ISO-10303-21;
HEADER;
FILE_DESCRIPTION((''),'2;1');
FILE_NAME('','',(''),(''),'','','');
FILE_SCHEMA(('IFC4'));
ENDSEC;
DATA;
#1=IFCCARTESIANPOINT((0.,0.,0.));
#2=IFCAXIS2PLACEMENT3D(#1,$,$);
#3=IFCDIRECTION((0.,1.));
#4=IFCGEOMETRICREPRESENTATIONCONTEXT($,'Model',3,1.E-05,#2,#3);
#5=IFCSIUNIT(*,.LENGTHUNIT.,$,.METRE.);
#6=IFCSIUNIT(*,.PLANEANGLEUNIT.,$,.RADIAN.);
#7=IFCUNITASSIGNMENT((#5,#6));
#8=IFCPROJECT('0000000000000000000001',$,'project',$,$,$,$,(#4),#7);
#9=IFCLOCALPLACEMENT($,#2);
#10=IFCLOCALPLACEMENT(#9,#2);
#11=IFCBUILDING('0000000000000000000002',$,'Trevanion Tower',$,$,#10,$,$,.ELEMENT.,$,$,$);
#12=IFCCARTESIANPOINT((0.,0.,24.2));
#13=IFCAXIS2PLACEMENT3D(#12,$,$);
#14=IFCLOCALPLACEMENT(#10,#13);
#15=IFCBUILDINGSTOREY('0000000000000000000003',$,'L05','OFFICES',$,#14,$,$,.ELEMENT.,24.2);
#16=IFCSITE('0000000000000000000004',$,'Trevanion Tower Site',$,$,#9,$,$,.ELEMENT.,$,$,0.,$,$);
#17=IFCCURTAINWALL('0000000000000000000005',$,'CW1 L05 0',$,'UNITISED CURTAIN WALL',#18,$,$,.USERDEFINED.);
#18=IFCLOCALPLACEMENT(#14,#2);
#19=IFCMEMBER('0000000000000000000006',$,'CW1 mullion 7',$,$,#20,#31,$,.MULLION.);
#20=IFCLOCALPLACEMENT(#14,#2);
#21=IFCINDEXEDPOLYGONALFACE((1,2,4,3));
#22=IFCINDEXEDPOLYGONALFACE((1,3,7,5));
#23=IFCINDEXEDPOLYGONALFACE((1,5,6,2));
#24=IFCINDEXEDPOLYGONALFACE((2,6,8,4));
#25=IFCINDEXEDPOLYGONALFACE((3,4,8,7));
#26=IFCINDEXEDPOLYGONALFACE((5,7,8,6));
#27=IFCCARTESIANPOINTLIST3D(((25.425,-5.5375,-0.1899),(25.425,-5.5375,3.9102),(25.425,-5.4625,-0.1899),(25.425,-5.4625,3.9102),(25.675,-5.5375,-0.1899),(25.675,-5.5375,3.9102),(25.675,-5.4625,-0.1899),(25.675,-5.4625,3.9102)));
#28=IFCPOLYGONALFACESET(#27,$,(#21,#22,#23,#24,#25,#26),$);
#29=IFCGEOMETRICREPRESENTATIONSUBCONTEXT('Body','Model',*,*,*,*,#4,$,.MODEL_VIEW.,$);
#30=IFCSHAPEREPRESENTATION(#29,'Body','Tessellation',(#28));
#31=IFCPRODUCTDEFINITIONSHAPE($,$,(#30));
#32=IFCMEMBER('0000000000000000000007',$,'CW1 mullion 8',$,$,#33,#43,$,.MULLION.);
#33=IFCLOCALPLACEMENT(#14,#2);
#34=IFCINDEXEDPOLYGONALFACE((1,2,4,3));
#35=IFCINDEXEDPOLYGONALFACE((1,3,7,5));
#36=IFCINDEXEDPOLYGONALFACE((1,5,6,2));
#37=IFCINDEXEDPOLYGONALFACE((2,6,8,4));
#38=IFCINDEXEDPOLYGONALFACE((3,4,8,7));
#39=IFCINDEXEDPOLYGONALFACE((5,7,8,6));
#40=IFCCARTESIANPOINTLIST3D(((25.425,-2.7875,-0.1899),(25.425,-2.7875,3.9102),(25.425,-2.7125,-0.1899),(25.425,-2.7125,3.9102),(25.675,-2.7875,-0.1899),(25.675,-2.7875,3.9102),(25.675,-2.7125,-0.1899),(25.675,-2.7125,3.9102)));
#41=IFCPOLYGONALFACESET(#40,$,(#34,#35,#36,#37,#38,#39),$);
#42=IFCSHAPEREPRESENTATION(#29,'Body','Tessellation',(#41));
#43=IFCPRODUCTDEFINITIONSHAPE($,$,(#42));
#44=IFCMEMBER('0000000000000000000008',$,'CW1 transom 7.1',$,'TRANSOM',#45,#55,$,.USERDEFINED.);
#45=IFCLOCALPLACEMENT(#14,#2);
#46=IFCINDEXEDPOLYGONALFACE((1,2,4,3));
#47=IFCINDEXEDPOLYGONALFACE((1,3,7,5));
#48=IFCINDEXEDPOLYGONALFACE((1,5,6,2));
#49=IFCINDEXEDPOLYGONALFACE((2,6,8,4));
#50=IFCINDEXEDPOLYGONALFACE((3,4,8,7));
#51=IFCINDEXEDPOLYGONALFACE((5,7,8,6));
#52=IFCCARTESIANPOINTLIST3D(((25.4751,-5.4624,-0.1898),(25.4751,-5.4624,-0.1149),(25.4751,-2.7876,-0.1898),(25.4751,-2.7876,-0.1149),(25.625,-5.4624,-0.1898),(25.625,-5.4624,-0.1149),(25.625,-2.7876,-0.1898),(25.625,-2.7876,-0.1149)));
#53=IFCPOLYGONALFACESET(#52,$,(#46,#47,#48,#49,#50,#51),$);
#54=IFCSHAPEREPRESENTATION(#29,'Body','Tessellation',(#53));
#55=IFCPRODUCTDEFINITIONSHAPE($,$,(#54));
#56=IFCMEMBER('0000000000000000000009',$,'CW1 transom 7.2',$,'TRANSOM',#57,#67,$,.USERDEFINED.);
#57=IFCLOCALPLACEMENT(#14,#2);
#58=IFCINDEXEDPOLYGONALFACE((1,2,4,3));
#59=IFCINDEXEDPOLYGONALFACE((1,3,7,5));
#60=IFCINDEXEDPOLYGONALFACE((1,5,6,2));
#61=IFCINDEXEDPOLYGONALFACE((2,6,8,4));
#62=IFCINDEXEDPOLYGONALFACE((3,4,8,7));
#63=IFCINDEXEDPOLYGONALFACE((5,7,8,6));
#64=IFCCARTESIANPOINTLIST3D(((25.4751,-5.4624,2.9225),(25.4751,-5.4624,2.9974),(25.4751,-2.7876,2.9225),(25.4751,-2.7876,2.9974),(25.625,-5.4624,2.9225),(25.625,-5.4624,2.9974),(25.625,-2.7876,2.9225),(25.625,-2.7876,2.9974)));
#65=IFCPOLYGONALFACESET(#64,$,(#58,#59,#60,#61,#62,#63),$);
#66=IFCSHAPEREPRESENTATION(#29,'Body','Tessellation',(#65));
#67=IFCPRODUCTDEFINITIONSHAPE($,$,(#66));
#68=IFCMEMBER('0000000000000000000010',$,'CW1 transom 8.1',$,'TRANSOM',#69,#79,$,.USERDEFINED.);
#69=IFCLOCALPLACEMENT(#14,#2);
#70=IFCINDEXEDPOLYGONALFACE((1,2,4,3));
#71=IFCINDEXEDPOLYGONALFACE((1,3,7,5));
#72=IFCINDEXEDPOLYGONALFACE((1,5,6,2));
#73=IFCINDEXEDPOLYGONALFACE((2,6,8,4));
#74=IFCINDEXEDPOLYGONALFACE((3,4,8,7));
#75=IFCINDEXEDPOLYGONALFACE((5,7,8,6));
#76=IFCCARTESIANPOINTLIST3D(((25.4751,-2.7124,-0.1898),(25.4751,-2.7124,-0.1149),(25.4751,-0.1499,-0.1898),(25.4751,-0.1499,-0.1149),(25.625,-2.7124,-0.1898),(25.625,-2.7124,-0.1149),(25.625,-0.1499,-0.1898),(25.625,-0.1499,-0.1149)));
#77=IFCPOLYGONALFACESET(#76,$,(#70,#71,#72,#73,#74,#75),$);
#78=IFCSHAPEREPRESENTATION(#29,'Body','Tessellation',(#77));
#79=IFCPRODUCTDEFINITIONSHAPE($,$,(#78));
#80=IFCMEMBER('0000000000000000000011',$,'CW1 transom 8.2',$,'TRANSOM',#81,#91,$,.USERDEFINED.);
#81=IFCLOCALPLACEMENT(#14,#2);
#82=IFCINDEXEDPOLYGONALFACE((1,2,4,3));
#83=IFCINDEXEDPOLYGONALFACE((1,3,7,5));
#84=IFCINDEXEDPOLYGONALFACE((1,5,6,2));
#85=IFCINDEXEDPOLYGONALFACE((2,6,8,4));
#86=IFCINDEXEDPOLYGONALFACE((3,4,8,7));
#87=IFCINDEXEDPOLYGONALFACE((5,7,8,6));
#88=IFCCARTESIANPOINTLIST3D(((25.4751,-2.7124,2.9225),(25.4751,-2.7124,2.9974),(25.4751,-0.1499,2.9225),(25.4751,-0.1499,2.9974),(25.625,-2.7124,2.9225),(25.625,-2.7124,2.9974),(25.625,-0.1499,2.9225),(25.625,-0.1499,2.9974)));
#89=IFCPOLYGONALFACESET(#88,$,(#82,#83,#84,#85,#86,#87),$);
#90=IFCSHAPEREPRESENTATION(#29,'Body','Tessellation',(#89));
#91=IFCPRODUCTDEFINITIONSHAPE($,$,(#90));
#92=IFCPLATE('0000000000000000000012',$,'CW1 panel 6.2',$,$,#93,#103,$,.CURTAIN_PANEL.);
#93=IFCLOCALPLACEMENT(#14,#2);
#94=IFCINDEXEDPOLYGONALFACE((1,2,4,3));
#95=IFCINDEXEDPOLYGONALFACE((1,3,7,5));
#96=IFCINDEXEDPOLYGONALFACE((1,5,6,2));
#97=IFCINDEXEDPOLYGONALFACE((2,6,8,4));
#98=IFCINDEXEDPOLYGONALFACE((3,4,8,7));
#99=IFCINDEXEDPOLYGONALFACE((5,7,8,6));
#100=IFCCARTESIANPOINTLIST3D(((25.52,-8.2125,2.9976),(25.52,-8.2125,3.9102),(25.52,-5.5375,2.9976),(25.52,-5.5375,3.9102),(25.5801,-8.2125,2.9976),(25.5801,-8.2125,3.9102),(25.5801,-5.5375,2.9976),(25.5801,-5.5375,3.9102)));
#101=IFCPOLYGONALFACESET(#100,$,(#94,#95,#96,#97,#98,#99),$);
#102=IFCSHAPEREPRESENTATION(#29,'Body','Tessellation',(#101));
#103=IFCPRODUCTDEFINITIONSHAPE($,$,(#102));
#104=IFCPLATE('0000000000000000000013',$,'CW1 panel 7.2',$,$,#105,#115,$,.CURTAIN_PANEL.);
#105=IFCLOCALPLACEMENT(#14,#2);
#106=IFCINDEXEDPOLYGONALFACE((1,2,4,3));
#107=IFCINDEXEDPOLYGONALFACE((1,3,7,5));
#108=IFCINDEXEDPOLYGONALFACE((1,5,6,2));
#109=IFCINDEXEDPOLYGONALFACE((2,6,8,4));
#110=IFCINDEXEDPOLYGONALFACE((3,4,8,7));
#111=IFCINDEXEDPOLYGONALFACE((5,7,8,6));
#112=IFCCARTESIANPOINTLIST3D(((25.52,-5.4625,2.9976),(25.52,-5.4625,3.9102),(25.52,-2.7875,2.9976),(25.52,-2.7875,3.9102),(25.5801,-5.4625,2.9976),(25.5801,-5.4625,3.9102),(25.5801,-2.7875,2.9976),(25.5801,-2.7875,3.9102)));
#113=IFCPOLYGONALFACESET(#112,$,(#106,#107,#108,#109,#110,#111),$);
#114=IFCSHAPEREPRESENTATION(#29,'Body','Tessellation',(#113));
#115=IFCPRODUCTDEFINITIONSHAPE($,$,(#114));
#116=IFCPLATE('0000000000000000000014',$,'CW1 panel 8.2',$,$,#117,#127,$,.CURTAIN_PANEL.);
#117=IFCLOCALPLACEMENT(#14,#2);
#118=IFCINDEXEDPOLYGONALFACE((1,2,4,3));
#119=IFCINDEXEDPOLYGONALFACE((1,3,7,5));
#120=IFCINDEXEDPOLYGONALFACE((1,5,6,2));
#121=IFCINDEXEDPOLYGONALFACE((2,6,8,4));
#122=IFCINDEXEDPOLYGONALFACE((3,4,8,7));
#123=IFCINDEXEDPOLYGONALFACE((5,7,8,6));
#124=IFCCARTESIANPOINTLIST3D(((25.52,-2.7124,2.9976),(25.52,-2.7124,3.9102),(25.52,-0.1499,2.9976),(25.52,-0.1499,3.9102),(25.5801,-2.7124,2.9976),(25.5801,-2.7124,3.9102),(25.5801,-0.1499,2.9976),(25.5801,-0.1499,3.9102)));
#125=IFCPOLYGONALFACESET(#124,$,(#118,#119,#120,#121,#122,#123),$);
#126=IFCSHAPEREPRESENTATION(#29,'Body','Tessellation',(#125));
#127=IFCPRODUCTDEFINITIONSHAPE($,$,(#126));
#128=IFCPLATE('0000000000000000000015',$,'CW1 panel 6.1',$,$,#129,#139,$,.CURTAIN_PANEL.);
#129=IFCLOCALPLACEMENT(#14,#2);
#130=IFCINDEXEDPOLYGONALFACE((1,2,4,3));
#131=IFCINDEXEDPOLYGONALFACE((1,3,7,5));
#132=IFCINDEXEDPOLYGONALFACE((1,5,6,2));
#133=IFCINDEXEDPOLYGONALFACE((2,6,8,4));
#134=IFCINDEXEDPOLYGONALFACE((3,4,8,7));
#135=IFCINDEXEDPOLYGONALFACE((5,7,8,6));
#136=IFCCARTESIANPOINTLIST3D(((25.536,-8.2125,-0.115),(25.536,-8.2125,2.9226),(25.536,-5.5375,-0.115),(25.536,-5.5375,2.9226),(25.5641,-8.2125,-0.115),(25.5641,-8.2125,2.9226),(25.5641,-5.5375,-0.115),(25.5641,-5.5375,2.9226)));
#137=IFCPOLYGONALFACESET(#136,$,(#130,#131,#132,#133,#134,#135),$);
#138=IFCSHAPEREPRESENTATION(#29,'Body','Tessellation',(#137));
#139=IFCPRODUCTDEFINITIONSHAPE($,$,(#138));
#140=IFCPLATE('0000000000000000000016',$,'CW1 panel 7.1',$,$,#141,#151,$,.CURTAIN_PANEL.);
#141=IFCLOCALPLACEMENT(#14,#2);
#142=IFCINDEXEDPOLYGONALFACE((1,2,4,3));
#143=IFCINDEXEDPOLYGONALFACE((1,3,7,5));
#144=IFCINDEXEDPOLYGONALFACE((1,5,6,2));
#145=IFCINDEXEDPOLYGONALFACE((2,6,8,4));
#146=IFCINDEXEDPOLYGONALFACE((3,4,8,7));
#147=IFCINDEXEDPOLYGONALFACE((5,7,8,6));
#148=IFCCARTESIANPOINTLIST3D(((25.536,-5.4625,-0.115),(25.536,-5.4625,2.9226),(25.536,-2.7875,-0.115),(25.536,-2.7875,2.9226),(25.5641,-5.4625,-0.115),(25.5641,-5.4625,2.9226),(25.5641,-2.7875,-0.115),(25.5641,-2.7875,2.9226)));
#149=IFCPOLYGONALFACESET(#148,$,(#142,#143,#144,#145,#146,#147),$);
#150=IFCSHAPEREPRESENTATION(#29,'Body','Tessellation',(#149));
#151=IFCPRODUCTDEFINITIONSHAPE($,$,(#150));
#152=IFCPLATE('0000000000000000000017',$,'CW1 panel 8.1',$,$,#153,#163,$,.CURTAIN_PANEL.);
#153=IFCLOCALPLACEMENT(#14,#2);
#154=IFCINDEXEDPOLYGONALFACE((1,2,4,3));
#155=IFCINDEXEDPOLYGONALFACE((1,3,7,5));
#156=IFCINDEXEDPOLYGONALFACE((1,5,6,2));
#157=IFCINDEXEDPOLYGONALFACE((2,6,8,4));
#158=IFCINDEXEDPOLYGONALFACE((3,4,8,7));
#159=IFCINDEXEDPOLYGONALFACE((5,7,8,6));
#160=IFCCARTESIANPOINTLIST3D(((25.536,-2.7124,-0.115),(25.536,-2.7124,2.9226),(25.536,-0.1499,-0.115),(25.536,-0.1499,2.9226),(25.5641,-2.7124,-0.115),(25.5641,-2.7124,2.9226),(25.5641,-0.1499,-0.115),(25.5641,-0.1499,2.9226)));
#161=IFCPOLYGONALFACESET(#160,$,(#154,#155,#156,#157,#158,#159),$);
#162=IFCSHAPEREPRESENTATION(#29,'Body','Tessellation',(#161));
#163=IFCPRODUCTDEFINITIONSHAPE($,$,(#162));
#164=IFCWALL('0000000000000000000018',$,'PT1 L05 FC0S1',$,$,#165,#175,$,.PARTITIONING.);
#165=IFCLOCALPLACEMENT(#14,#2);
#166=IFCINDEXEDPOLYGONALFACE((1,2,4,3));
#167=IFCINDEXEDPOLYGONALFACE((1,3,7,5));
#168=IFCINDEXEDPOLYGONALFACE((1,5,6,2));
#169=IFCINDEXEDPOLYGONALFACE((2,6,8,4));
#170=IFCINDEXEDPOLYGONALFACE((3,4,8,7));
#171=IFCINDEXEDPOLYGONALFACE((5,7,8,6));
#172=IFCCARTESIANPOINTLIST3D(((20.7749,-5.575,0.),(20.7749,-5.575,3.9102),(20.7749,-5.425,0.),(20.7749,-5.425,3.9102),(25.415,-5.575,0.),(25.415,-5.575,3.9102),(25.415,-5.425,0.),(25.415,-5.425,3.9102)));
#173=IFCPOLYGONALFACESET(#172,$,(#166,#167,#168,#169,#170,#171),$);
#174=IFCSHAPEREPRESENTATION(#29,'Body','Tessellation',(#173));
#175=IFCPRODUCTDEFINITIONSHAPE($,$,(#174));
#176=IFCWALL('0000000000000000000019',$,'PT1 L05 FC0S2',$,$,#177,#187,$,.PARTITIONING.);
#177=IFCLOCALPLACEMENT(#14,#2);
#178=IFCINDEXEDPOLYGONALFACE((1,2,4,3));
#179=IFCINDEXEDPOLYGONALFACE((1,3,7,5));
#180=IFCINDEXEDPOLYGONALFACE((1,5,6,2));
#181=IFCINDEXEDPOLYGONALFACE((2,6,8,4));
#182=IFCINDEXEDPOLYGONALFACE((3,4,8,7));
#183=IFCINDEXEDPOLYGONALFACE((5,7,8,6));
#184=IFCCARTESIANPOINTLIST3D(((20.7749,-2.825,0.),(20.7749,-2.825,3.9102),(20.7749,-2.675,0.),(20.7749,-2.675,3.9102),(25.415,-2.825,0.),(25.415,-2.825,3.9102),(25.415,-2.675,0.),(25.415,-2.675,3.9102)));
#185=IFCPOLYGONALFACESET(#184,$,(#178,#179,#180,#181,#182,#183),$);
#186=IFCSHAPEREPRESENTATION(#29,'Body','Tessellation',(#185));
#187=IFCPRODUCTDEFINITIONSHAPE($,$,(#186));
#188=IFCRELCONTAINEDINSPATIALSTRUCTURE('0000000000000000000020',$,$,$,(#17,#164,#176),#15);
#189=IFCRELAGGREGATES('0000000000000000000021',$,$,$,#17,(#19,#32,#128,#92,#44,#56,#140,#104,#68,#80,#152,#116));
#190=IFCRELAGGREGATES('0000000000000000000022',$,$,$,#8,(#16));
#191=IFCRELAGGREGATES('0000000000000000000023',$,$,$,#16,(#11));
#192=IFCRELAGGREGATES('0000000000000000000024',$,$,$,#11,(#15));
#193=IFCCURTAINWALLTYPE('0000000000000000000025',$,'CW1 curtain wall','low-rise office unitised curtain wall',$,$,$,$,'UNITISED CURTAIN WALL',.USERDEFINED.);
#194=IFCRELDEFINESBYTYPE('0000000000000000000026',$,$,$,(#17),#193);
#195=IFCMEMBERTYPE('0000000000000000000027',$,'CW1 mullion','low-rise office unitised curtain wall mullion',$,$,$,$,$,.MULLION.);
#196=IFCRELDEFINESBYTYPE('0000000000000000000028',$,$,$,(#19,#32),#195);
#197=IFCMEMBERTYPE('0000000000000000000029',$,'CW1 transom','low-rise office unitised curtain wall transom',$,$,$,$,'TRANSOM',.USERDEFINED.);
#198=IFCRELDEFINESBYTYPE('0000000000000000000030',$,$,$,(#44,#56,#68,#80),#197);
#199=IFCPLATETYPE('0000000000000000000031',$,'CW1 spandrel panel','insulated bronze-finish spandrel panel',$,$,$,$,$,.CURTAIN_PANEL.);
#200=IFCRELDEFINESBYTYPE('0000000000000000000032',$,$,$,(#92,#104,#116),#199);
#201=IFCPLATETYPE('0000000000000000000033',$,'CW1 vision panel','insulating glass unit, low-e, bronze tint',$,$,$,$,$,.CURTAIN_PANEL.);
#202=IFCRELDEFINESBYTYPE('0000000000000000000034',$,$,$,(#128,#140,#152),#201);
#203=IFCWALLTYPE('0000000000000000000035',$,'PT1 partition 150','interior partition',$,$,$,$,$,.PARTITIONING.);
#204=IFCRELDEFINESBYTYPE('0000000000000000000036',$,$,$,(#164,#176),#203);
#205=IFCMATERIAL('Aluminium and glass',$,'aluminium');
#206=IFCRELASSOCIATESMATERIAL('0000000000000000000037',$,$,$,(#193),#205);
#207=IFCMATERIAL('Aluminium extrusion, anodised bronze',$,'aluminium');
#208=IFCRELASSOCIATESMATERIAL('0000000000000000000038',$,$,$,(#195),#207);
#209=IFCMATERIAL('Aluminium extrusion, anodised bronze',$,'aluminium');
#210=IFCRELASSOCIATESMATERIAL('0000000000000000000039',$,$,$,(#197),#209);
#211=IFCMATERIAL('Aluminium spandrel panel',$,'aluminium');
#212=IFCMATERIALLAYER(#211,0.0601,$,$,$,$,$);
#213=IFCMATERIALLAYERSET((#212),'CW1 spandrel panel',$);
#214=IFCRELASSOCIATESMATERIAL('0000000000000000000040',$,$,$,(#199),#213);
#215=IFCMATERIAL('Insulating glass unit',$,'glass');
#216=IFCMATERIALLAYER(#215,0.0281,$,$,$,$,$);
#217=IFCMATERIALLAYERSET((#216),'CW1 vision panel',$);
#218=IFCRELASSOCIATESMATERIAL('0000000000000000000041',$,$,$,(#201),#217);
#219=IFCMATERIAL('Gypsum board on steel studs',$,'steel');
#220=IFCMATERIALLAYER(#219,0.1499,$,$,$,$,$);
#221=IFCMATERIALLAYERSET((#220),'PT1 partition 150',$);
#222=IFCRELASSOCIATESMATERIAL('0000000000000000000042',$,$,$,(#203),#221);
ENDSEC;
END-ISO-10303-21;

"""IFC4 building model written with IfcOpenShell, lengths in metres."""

from ifc_helpers import new_model, si_unit, direction, frame, frame_2d, origin, origin_2d, place, context, subcontext, project, spatial, rectangle, extrude, material, layer, layer_set, material_profile, profile_set, type_object, element, aggregate, save


model = new_model("IFC4")

# Units and contexts
model_context = context("Model", 3, precision=1e-05, world=origin(), true_north=direction((0.0, 1.0)))
body_context = subcontext(model_context, "Body", "Model", "MODEL_VIEW")
ifc_project = project(units=[si_unit("LENGTHUNIT", "METRE"), si_unit("PLANEANGLEUNIT", "RADIAN")], contexts=[model_context])

# Site, building, storey
site_placement = place(None, origin())
site = spatial("IfcSite", under=ifc_project, at=site_placement, Name="Trevanion Tower Site", CompositionType="ELEMENT", RefElevation=0.0)
building_placement = place(site_placement, origin())
building = spatial("IfcBuilding", under=site, at=building_placement, Name="Trevanion Tower", CompositionType="ELEMENT")
storey_placement = place(building_placement, frame((0.0, 0.0, 24.2)))
storey = spatial("IfcBuildingStorey", under=building, at=storey_placement, Name="L05", Description="OFFICES", CompositionType="ELEMENT", Elevation=24.2)

# Curtain wall, members, plates
ifc_material_1 = material(Name="Aluminium and glass", Category="aluminium")
curtain_wall_type = type_object("IfcCurtainWallType", Name="CW1 curtain wall", Description="low-rise office unitised curtain wall", ElementType="UNITISED CURTAIN WALL", PredefinedType="USERDEFINED", material=ifc_material_1)
curtain_wall_placement = place(storey_placement, origin())
curtain_wall = element("IfcCurtainWall", 1, at=curtain_wall_placement, inside=storey, type_object=curtain_wall_type, Name="CW1 L05 0", ObjectType="UNITISED CURTAIN WALL", PredefinedType="USERDEFINED")
ifc_material_2 = material(Name="Aluminium extrusion, anodised bronze", Category="aluminium")
ifc_material_profile_1 = material_profile(ifc_material_2, rectangle(XDim=0.075, YDim=0.25, at=origin_2d()), Name="CW1 mullion")
ifc_profile_set_1 = profile_set([ifc_material_profile_1], Name="Aluminium extrusion, anodised bronze")
member_type_1 = type_object("IfcMemberType", Name="CW1 mullion", Description="low-rise office unitised curtain wall mullion", PredefinedType="MULLION", material=ifc_profile_set_1)
member_1_placement = place(storey_placement, frame((25.55, -5.5, -0.1899), z_axis=(0.0, 0.0, 1.0), x_axis=(0.0, 1.0, 0.0)))
member_1 = element("IfcMember", 2, at=member_1_placement, type_object=member_type_1, Name="CW1 mullion 7", PredefinedType="MULLION", context=body_context, shape_type="SweptSolid", body=[
    extrude(rectangle(XDim=0.075, YDim=0.25, at=origin_2d()), origin(), (0.0, 0.0, 1.0), 4.1001),
])
member_2_placement = place(storey_placement, frame((25.55, -2.75, -0.1899), z_axis=(0.0, 0.0, 1.0), x_axis=(0.0, 1.0, 0.0)))
member_2 = element("IfcMember", 3, at=member_2_placement, type_object=member_type_1, Name="CW1 mullion 8", PredefinedType="MULLION", context=body_context, shape_type="SweptSolid", body=[
    extrude(rectangle(XDim=0.075, YDim=0.25, at=origin_2d()), origin(), (0.0, 0.0, 1.0), 4.1001),
])
ifc_material_3 = material(Name="Aluminium extrusion, anodised bronze", Category="aluminium")
ifc_material_profile_2 = material_profile(ifc_material_3, rectangle(XDim=0.1499, YDim=0.075, at=origin_2d()), Name="CW1 transom")
ifc_profile_set_2 = profile_set([ifc_material_profile_2], Name="Aluminium extrusion, anodised bronze")
member_type_2 = type_object("IfcMemberType", Name="CW1 transom", Description="low-rise office unitised curtain wall transom", ElementType="TRANSOM", PredefinedType="USERDEFINED", material=ifc_profile_set_2)
member_3_placement = place(storey_placement, frame((25.55, -5.4624, -0.1523), z_axis=(0.0, 1.0, 0.0), x_axis=(-1.0, 0.0, 0.0)))
member_3 = element("IfcMember", 4, at=member_3_placement, type_object=member_type_2, Name="CW1 transom 7.1", ObjectType="TRANSOM", PredefinedType="USERDEFINED", context=body_context, shape_type="SweptSolid", body=[
    extrude(rectangle(XDim=0.1499, YDim=0.075, at=origin_2d()), origin(), (0.0, 0.0, 1.0), 2.6748),
])
member_4_placement = place(storey_placement, frame((25.55, -5.4624, 2.96), z_axis=(0.0, 1.0, 0.0), x_axis=(-1.0, 0.0, 0.0)))
member_4 = element("IfcMember", 5, at=member_4_placement, type_object=member_type_2, Name="CW1 transom 7.2", ObjectType="TRANSOM", PredefinedType="USERDEFINED", context=body_context, shape_type="SweptSolid", body=[
    extrude(rectangle(XDim=0.1499, YDim=0.075, at=origin_2d()), origin(), (0.0, 0.0, 1.0), 2.6748),
])
member_5_placement = place(storey_placement, frame((25.55, -2.7124, -0.1523), z_axis=(0.0, 1.0, 0.0), x_axis=(-1.0, 0.0, 0.0)))
member_5 = element("IfcMember", 6, at=member_5_placement, type_object=member_type_2, Name="CW1 transom 8.1", ObjectType="TRANSOM", PredefinedType="USERDEFINED", context=body_context, shape_type="SweptSolid", body=[
    extrude(rectangle(XDim=0.1499, YDim=0.075, at=origin_2d()), origin(), (0.0, 0.0, 1.0), 2.5625),
])
member_6_placement = place(storey_placement, frame((25.55, -2.7124, 2.96), z_axis=(0.0, 1.0, 0.0), x_axis=(-1.0, 0.0, 0.0)))
member_6 = element("IfcMember", 7, at=member_6_placement, type_object=member_type_2, Name="CW1 transom 8.2", ObjectType="TRANSOM", PredefinedType="USERDEFINED", context=body_context, shape_type="SweptSolid", body=[
    extrude(rectangle(XDim=0.1499, YDim=0.075, at=origin_2d()), origin(), (0.0, 0.0, 1.0), 2.5625),
])
ifc_material_4 = material(Name="Aluminium spandrel panel", Category="aluminium")
ifc_layer_1 = layer(ifc_material_4, 0.0601)
ifc_layer_set_1 = layer_set([ifc_layer_1], Name="CW1 spandrel panel")
plate_type_1 = type_object("IfcPlateType", Name="CW1 spandrel panel", Description="insulated bronze-finish spandrel panel", PredefinedType="CURTAIN_PANEL", material=ifc_layer_set_1)
plate_1_placement = place(storey_placement, frame((25.55, -6.875, 2.9976), z_axis=(0.0, 0.0, 1.0), x_axis=(0.0, 1.0, 0.0)))
plate_1 = element("IfcPlate", 8, at=plate_1_placement, type_object=plate_type_1, Name="CW1 panel 6.2", PredefinedType="CURTAIN_PANEL", context=body_context, shape_type="SweptSolid", body=[
    extrude(rectangle(XDim=2.675, YDim=0.0601, at=origin_2d()), origin(), (0.0, 0.0, 1.0), 0.9126),
])
plate_2_placement = place(storey_placement, frame((25.55, -4.125, 2.9976), z_axis=(0.0, 0.0, 1.0), x_axis=(0.0, 1.0, 0.0)))
plate_2 = element("IfcPlate", 9, at=plate_2_placement, type_object=plate_type_1, Name="CW1 panel 7.2", PredefinedType="CURTAIN_PANEL", context=body_context, shape_type="SweptSolid", body=[
    extrude(rectangle(XDim=2.675, YDim=0.0601, at=origin_2d()), origin(), (0.0, 0.0, 1.0), 0.9126),
])
plate_3_placement = place(storey_placement, frame((25.55, -1.4312, 2.9976), z_axis=(0.0, 0.0, 1.0), x_axis=(0.0, 1.0, 0.0)))
plate_3 = element("IfcPlate", 10, at=plate_3_placement, type_object=plate_type_1, Name="CW1 panel 8.2", PredefinedType="CURTAIN_PANEL", context=body_context, shape_type="SweptSolid", body=[
    extrude(rectangle(XDim=2.5625, YDim=0.0601, at=origin_2d()), origin(), (0.0, 0.0, 1.0), 0.9126),
])
ifc_material_5 = material(Name="Insulating glass unit", Category="glass")
ifc_layer_2 = layer(ifc_material_5, 0.0281)
ifc_layer_set_2 = layer_set([ifc_layer_2], Name="CW1 vision panel")
plate_type_2 = type_object("IfcPlateType", Name="CW1 vision panel", Description="insulating glass unit, low-e, bronze tint", PredefinedType="CURTAIN_PANEL", material=ifc_layer_set_2)
plate_4_placement = place(storey_placement, frame((25.55, -6.875, -0.115), z_axis=(0.0, 0.0, 1.0), x_axis=(0.0, 1.0, 0.0)))
plate_4 = element("IfcPlate", 11, at=plate_4_placement, type_object=plate_type_2, Name="CW1 panel 6.1", PredefinedType="CURTAIN_PANEL", context=body_context, shape_type="SweptSolid", body=[
    extrude(rectangle(XDim=2.675, YDim=0.0281, at=origin_2d()), origin(), (0.0, 0.0, 1.0), 3.0376),
])
plate_5_placement = place(storey_placement, frame((25.55, -4.125, -0.115), z_axis=(0.0, 0.0, 1.0), x_axis=(0.0, 1.0, 0.0)))
plate_5 = element("IfcPlate", 12, at=plate_5_placement, type_object=plate_type_2, Name="CW1 panel 7.1", PredefinedType="CURTAIN_PANEL", context=body_context, shape_type="SweptSolid", body=[
    extrude(rectangle(XDim=2.675, YDim=0.0281, at=origin_2d()), origin(), (0.0, 0.0, 1.0), 3.0376),
])
plate_6_placement = place(storey_placement, frame((25.55, -1.4312, -0.115), z_axis=(0.0, 0.0, 1.0), x_axis=(0.0, 1.0, 0.0)))
plate_6 = element("IfcPlate", 13, at=plate_6_placement, type_object=plate_type_2, Name="CW1 panel 8.1", PredefinedType="CURTAIN_PANEL", context=body_context, shape_type="SweptSolid", body=[
    extrude(rectangle(XDim=2.5625, YDim=0.0281, at=origin_2d()), origin(), (0.0, 0.0, 1.0), 3.0376),
])
aggregate(curtain_wall, [member_1, member_2, plate_4, plate_1, member_3, member_4, plate_5, plate_2, member_5, member_6, plate_6, plate_3])

# Walls
ifc_material_6 = material(Name="Gypsum board on steel studs", Category="steel")
ifc_layer_3 = layer(ifc_material_6, 0.1499)
ifc_layer_set_3 = layer_set([ifc_layer_3], Name="PT1 partition 150")
wall_type = type_object("IfcWallType", Name="PT1 partition 150", Description="interior partition", PredefinedType="PARTITIONING", material=ifc_layer_set_3)
for number, where, z_axis, x_axis, name in (
    (14, (20.7749, -5.5, 0.0), (0.0, 0.0, 1.0), (1.0, 0.0, 0.0), "PT1 L05 FC0S1"),
    (15, (20.7749, -2.75, 0.0), (0.0, 0.0, 1.0), (1.0, 0.0, 0.0), "PT1 L05 FC0S2"),
):
    element("IfcWall", number, at=place(storey_placement, frame(where, z_axis=z_axis, x_axis=x_axis)), inside=storey, type_object=wall_type, Name=name, PredefinedType="PARTITIONING", context=body_context, shape_type="SweptSolid", body=[
        extrude(rectangle(XDim=4.6401, YDim=0.1499, at=frame_2d((2.3201, 0.0))), origin(), (0.0, 0.0, 1.0), 3.9102),
    ])

save(model, "model.ifc")
